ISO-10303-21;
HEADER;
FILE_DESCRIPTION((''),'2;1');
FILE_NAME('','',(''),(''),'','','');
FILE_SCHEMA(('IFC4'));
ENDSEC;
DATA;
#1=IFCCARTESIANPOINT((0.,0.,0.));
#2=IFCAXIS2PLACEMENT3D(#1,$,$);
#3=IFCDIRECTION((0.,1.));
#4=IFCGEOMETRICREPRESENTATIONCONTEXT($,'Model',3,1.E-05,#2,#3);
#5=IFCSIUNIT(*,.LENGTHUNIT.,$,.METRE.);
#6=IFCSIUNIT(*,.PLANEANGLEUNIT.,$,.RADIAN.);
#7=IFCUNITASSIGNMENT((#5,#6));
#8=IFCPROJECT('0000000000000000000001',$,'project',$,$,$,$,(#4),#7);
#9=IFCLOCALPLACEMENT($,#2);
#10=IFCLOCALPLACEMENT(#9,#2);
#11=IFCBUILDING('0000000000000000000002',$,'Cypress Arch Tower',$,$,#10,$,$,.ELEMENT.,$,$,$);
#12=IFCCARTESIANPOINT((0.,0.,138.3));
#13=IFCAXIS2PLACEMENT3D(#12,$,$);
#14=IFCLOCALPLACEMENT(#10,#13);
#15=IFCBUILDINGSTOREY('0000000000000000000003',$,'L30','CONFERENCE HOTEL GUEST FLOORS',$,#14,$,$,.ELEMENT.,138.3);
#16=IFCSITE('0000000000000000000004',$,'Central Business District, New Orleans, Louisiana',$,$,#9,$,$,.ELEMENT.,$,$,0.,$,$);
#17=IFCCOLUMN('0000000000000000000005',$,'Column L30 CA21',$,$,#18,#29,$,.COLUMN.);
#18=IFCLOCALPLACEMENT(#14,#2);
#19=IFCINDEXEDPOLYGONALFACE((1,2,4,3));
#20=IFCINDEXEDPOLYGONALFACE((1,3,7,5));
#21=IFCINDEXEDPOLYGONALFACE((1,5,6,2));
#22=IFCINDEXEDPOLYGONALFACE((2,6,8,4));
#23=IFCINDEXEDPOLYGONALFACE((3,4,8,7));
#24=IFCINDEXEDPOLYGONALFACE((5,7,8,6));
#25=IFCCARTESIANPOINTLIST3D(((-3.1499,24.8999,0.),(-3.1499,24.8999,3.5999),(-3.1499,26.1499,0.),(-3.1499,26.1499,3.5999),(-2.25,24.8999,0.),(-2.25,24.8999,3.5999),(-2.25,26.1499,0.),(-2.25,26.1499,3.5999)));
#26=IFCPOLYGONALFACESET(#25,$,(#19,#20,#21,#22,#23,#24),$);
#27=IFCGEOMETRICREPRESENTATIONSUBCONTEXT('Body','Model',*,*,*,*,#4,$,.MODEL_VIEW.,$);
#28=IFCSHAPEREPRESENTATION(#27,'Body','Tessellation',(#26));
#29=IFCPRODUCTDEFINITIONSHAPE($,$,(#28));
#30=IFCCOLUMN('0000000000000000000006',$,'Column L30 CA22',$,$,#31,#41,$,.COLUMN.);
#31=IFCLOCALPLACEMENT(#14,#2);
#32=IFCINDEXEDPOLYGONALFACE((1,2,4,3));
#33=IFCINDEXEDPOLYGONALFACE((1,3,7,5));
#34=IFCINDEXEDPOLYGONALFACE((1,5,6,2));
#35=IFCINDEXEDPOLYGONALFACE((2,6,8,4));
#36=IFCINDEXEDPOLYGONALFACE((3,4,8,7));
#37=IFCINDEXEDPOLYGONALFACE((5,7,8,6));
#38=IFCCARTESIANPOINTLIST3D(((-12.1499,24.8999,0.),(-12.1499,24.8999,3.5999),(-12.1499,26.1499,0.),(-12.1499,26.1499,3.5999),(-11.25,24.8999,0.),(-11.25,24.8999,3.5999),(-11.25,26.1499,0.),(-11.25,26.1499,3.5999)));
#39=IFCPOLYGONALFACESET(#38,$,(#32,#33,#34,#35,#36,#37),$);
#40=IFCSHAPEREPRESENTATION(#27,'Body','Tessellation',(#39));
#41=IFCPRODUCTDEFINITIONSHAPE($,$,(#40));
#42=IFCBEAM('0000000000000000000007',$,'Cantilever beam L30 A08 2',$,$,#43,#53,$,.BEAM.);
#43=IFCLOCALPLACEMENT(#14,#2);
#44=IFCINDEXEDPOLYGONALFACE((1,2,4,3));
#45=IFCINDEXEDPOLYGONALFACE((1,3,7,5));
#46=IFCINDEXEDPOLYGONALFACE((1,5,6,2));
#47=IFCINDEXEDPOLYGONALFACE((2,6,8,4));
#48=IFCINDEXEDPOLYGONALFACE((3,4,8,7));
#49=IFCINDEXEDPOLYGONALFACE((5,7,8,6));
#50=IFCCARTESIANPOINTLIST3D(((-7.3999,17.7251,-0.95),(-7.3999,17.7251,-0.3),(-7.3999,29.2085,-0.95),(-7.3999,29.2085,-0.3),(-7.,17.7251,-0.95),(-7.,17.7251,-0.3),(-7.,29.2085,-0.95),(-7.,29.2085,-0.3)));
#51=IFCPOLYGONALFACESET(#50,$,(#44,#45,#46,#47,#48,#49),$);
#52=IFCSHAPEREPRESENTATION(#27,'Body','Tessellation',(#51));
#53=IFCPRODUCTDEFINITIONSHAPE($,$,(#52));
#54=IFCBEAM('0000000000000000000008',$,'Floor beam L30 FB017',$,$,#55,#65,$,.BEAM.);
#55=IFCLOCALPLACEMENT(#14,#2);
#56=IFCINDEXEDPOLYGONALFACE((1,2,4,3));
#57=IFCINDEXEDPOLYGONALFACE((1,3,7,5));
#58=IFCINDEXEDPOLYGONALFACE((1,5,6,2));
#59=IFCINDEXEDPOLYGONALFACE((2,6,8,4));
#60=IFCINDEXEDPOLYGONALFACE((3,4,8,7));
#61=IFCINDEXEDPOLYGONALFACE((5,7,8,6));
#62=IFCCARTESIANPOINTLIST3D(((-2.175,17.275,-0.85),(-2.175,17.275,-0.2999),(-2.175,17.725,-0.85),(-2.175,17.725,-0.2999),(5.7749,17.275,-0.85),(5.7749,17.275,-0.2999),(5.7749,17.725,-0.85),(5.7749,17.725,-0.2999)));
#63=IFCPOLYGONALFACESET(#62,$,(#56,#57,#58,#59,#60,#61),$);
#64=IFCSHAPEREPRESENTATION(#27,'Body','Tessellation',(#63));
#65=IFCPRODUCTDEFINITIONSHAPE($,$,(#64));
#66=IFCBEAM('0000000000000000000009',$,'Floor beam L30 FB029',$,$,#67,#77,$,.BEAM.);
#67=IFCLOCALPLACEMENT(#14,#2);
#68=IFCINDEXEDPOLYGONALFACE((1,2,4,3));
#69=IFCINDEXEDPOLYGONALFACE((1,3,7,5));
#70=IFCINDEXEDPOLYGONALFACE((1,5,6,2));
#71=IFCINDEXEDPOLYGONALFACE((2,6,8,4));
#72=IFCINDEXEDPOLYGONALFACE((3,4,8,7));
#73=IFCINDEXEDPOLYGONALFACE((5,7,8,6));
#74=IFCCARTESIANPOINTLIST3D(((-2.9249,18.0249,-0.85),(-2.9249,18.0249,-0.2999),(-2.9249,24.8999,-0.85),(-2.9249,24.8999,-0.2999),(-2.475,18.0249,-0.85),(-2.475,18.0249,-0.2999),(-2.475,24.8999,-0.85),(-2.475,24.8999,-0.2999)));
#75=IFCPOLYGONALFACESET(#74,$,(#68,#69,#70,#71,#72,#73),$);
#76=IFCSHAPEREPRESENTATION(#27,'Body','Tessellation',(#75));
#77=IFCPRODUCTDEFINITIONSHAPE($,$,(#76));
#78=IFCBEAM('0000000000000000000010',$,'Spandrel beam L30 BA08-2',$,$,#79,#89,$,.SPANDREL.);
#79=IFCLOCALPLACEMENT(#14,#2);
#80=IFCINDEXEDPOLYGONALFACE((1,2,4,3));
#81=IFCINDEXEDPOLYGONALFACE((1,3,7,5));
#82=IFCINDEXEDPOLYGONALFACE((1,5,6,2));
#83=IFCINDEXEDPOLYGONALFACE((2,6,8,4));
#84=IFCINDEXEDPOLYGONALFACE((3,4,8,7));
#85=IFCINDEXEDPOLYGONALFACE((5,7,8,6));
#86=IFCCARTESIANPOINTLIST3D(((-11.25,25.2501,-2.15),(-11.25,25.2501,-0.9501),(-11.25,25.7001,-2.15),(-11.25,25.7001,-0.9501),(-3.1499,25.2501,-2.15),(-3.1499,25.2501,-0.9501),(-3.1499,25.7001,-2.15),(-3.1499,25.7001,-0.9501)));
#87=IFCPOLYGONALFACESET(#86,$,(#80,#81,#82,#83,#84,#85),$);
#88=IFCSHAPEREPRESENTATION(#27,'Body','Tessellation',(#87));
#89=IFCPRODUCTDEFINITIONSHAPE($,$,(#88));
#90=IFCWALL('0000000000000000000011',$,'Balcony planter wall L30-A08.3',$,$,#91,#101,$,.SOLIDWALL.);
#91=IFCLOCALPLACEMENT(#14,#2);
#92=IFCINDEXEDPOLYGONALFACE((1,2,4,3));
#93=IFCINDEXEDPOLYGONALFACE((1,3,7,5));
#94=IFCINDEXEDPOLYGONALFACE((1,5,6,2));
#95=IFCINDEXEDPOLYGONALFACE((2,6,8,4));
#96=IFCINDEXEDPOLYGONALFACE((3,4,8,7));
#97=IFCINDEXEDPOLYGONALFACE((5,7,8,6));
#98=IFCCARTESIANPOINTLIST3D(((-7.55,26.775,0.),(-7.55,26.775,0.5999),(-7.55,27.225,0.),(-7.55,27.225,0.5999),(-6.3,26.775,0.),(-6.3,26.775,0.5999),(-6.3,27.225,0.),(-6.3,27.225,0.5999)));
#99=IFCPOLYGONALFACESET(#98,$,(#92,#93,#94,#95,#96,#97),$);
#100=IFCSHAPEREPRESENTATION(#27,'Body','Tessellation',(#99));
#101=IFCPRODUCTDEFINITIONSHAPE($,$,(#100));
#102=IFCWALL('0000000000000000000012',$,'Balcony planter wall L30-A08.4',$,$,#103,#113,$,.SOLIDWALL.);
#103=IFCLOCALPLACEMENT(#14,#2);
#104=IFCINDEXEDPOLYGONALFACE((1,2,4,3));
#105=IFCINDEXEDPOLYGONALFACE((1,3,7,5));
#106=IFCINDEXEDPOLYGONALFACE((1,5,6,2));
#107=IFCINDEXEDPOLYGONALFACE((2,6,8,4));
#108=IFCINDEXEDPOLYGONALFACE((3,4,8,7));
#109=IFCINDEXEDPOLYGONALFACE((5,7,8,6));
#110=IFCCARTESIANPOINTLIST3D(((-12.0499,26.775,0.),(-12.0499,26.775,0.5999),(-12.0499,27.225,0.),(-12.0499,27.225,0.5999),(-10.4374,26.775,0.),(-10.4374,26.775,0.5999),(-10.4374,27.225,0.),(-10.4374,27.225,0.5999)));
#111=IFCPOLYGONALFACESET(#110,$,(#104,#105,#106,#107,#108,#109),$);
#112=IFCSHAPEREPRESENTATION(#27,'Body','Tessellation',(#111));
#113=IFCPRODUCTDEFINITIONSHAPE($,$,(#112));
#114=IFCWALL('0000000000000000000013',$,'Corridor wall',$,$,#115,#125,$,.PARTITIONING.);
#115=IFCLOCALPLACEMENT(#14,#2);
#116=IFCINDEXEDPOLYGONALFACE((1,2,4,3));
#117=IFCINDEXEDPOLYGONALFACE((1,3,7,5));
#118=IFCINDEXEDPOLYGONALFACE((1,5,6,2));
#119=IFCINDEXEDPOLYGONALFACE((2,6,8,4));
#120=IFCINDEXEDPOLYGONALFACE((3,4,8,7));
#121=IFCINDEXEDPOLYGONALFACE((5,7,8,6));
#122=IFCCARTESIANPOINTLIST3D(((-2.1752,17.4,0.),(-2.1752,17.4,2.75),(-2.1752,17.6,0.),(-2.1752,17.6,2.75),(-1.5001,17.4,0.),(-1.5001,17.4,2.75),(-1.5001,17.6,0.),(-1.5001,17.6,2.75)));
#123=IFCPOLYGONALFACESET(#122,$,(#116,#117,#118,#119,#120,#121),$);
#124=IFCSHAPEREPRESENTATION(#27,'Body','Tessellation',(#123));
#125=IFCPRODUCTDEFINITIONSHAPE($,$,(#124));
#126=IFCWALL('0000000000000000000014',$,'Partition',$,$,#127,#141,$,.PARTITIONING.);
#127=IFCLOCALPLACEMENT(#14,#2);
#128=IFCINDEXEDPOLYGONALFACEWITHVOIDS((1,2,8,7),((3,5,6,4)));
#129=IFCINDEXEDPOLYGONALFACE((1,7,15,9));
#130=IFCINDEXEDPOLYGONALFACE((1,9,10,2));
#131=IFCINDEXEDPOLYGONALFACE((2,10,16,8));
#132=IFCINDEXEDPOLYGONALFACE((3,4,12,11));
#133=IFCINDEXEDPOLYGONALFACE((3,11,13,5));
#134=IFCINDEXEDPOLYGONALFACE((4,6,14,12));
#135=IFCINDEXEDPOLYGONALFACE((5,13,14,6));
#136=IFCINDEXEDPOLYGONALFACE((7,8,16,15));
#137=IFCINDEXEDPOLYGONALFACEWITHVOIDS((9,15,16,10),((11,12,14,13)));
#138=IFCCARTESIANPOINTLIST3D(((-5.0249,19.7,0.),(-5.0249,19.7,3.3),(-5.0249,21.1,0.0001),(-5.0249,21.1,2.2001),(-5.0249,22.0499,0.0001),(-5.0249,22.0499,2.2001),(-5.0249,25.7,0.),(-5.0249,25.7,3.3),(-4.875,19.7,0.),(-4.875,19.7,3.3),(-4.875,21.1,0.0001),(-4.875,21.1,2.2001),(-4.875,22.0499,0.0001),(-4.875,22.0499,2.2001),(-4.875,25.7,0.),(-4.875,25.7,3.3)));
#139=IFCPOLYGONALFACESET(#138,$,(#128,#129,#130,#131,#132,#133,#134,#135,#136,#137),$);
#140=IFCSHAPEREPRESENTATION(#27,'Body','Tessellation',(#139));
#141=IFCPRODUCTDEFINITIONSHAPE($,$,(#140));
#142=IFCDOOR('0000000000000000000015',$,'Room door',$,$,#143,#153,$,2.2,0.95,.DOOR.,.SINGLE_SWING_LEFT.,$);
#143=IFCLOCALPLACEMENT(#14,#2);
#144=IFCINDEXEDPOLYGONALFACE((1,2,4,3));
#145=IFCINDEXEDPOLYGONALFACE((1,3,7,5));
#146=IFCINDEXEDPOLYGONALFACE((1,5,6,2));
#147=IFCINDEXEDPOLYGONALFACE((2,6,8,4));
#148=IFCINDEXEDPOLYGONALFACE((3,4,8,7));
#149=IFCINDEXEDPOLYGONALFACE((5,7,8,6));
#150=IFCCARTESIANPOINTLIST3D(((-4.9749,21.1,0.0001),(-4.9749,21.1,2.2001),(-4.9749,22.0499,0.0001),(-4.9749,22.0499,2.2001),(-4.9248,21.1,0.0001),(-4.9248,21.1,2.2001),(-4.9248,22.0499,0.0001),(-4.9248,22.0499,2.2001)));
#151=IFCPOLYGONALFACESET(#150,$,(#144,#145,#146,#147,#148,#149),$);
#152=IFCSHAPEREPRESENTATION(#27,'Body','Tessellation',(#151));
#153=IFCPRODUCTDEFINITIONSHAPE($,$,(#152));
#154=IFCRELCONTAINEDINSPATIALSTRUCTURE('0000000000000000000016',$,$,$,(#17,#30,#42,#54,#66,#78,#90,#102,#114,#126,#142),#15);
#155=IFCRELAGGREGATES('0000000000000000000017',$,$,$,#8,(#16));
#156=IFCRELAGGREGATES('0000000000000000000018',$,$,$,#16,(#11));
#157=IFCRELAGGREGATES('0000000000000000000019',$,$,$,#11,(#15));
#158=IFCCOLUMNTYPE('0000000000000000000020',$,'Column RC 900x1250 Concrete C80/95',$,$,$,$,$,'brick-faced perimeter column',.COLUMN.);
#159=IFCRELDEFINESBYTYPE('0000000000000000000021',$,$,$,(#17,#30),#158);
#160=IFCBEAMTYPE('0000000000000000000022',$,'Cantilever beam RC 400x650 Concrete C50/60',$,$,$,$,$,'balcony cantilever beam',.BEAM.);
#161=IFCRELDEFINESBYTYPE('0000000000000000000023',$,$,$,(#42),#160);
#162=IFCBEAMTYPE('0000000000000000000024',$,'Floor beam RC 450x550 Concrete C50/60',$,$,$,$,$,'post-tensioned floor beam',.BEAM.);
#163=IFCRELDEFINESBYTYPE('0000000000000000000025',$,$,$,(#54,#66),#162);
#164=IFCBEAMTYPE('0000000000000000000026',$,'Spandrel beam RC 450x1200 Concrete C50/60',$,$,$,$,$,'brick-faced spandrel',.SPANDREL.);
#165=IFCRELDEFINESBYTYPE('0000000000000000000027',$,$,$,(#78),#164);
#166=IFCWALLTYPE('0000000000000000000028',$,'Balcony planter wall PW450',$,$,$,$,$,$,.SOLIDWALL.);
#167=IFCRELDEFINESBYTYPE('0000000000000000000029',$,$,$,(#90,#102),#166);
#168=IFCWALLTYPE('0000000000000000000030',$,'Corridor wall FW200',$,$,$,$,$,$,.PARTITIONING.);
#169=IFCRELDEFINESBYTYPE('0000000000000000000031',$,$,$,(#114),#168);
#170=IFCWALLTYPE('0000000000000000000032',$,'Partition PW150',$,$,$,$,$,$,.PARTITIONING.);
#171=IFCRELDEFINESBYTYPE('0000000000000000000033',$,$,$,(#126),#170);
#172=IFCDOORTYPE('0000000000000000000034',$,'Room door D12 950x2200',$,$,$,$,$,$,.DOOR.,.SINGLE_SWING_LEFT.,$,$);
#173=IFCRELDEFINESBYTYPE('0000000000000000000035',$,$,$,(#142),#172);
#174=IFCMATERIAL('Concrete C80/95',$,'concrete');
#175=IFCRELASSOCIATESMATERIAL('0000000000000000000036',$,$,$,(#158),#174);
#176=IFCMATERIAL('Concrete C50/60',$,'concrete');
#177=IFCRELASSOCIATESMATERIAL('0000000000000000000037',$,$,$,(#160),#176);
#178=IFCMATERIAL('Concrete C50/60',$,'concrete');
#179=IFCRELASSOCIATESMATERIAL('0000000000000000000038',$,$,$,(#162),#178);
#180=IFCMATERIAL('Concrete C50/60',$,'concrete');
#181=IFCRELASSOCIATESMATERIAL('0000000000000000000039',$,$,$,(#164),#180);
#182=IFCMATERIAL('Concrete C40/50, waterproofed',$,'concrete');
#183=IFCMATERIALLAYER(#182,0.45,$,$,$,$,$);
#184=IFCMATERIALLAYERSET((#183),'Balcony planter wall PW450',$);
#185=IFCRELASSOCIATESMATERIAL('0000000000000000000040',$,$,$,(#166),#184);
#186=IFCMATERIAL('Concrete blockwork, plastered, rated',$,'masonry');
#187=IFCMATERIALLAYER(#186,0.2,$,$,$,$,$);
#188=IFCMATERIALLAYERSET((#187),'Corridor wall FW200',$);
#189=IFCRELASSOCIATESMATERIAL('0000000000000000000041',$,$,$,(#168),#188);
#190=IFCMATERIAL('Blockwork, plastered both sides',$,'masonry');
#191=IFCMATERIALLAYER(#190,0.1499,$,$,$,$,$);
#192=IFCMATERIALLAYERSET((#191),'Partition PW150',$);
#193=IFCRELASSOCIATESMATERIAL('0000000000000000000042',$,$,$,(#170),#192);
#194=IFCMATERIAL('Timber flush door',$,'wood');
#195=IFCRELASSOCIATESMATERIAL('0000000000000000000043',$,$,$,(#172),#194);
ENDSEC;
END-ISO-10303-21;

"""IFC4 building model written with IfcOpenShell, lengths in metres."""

from ifc_helpers import new_model, si_unit, direction, frame, frame_2d, origin, origin_2d, place, context, subcontext, project, spatial, rectangle, extrude, material, layer, layer_set, material_profile, profile_set, type_object, element, fill, save


model = new_model("IFC4")

# Units and contexts
model_context = context("Model", 3, precision=1e-05, world=origin(), true_north=direction((0.0, 1.0)))
body_context = subcontext(model_context, "Body", "Model", "MODEL_VIEW")
ifc_project = project(units=[si_unit("LENGTHUNIT", "METRE"), si_unit("PLANEANGLEUNIT", "RADIAN")], contexts=[model_context])

# Site, building, storey
site_placement = place(None, origin())
site = spatial("IfcSite", under=ifc_project, at=site_placement, Name="Central Business District, New Orleans, Louisiana", CompositionType="ELEMENT", RefElevation=0.0)
building_placement = place(site_placement, origin())
building = spatial("IfcBuilding", under=site, at=building_placement, Name="Cypress Arch Tower", CompositionType="ELEMENT")
storey_placement = place(building_placement, frame((0.0, 0.0, 138.3)))
storey = spatial("IfcBuildingStorey", under=building, at=storey_placement, Name="L30", Description="CONFERENCE HOTEL GUEST FLOORS", CompositionType="ELEMENT", Elevation=138.3)

# Columns
ifc_material_1 = material(Name="Concrete C80/95", Category="concrete")
ifc_material_profile_1 = material_profile(ifc_material_1, rectangle(XDim=0.8999, YDim=1.25, at=origin_2d()), Name="RC 900x1250")
ifc_profile_set_1 = profile_set([ifc_material_profile_1], Name="Concrete C80/95")
column_type = type_object("IfcColumnType", Name="Column RC 900x1250 Concrete C80/95", ElementType="brick-faced perimeter column", PredefinedType="COLUMN", material=ifc_profile_set_1)
for number, where, z_axis, x_axis, name in (
    (1, (-2.7, 25.5249, 0.0), (0.0, 0.0, 1.0), (-1.0, 0.0, 0.0), "Column L30 CA21"),
    (2, (-11.7, 25.5249, 0.0), (0.0, 0.0, 1.0), (-1.0, 0.0, 0.0), "Column L30 CA22"),
):
    element("IfcColumn", number, at=place(storey_placement, frame(where, z_axis=z_axis, x_axis=x_axis)), inside=storey, type_object=column_type, Name=name, PredefinedType="COLUMN", context=body_context, shape_type="SweptSolid", body=[
        extrude(rectangle(XDim=0.8999, YDim=1.25, at=origin_2d()), origin(), (0.0, 0.0, 1.0), 3.5999),
    ])

# Beams
ifc_material_2 = material(Name="Concrete C50/60", Category="concrete")
ifc_material_profile_2 = material_profile(ifc_material_2, rectangle(XDim=0.3999, YDim=0.6499, at=origin_2d()), Name="RC 400x650")
ifc_profile_set_2 = profile_set([ifc_material_profile_2], Name="Concrete C50/60")
beam_type_1 = type_object("IfcBeamType", Name="Cantilever beam RC 400x650 Concrete C50/60", ElementType="balcony cantilever beam", PredefinedType="BEAM", material=ifc_profile_set_2)
beam_1_placement = place(storey_placement, frame((-7.2, 17.7251, -0.625), z_axis=(0.0, 1.0, 0.0), x_axis=(-1.0, 0.0, 0.0)))
element("IfcBeam", 3, at=beam_1_placement, inside=storey, type_object=beam_type_1, Name="Cantilever beam L30 A08 2", PredefinedType="BEAM", context=body_context, shape_type="SweptSolid", body=[
    extrude(rectangle(XDim=0.3999, YDim=0.6499, at=origin_2d()), origin(), (0.0, 0.0, 1.0), 11.4834),
])
ifc_material_3 = material(Name="Concrete C50/60", Category="concrete")
ifc_material_profile_3 = material_profile(ifc_material_3, rectangle(XDim=0.45, YDim=0.55, at=origin_2d()), Name="RC 450x550")
ifc_profile_set_3 = profile_set([ifc_material_profile_3], Name="Concrete C50/60")
beam_type_2 = type_object("IfcBeamType", Name="Floor beam RC 450x550 Concrete C50/60", ElementType="post-tensioned floor beam", PredefinedType="BEAM", material=ifc_profile_set_3)
beam_2_placement = place(storey_placement, frame((-2.175, 17.5, -0.575), z_axis=(1.0, 0.0, 0.0), x_axis=(0.0, 1.0, 0.0)))
element("IfcBeam", 4, at=beam_2_placement, inside=storey, type_object=beam_type_2, Name="Floor beam L30 FB017", PredefinedType="BEAM", context=body_context, shape_type="SweptSolid", body=[
    extrude(rectangle(XDim=0.45, YDim=0.55, at=origin_2d()), origin(), (0.0, 0.0, 1.0), 7.95),
])
beam_3_placement = place(storey_placement, frame((-2.7, 18.0249, -0.575), z_axis=(0.0, 1.0, 0.0), x_axis=(-1.0, 0.0, 0.0)))
element("IfcBeam", 5, at=beam_3_placement, inside=storey, type_object=beam_type_2, Name="Floor beam L30 FB029", PredefinedType="BEAM", context=body_context, shape_type="SweptSolid", body=[
    extrude(rectangle(XDim=0.45, YDim=0.55, at=origin_2d()), origin(), (0.0, 0.0, 1.0), 6.875),
])
ifc_material_4 = material(Name="Concrete C50/60", Category="concrete")
ifc_material_profile_4 = material_profile(ifc_material_4, rectangle(XDim=0.45, YDim=1.2, at=origin_2d()), Name="RC 450x1200")
ifc_profile_set_4 = profile_set([ifc_material_profile_4], Name="Concrete C50/60")
beam_type_3 = type_object("IfcBeamType", Name="Spandrel beam RC 450x1200 Concrete C50/60", ElementType="brick-faced spandrel", PredefinedType="SPANDREL", material=ifc_profile_set_4)
beam_4_placement = place(storey_placement, frame((-3.1499, 25.4751, -1.55), z_axis=(-1.0, 0.0, 0.0), x_axis=(0.0, -1.0, 0.0)))
element("IfcBeam", 6, at=beam_4_placement, inside=storey, type_object=beam_type_3, Name="Spandrel beam L30 BA08-2", PredefinedType="SPANDREL", context=body_context, shape_type="SweptSolid", body=[
    extrude(rectangle(XDim=0.45, YDim=1.2, at=origin_2d()), origin(), (0.0, 0.0, 1.0), 8.1001),
])

# Walls
ifc_material_5 = material(Name="Concrete C40/50, waterproofed", Category="concrete")
ifc_layer_1 = layer(ifc_material_5, 0.45)
ifc_layer_set_1 = layer_set([ifc_layer_1], Name="Balcony planter wall PW450")
wall_type_1 = type_object("IfcWallType", Name="Balcony planter wall PW450", PredefinedType="SOLIDWALL", material=ifc_layer_set_1)
wall_1_placement = place(storey_placement, frame((-6.3, 27.0, 0.0), z_axis=(0.0, 0.0, 1.0), x_axis=(-1.0, 0.0, 0.0)))
element("IfcWall", 7, at=wall_1_placement, inside=storey, type_object=wall_type_1, Name="Balcony planter wall L30-A08.3", PredefinedType="SOLIDWALL", context=body_context, shape_type="SweptSolid", body=[
    extrude(rectangle(XDim=1.25, YDim=0.45, at=frame_2d((0.625, 0.0))), origin(), (0.0, 0.0, 1.0), 0.5999),
])
wall_2_placement = place(storey_placement, frame((-10.4375, 27.0, 0.0), z_axis=(0.0, 0.0, 1.0), x_axis=(-1.0, 0.0, 0.0)))
element("IfcWall", 8, at=wall_2_placement, inside=storey, type_object=wall_type_1, Name="Balcony planter wall L30-A08.4", PredefinedType="SOLIDWALL", context=body_context, shape_type="SweptSolid", body=[
    extrude(rectangle(XDim=1.6125, YDim=0.45, at=frame_2d((0.8062, 0.0))), origin(), (0.0, 0.0, 1.0), 0.5999),
])

# Wall
ifc_material_6 = material(Name="Concrete blockwork, plastered, rated", Category="masonry")
ifc_layer_2 = layer(ifc_material_6, 0.2)
ifc_layer_set_2 = layer_set([ifc_layer_2], Name="Corridor wall FW200")
wall_type_2 = type_object("IfcWallType", Name="Corridor wall FW200", PredefinedType="PARTITIONING", material=ifc_layer_set_2)
wall_3_placement = place(storey_placement, frame((-2.175, 17.5, 0.0), z_axis=(0.0, 0.0, 1.0), x_axis=(1.0, 0.0, 0.0)))
element("IfcWall", 9, at=wall_3_placement, inside=storey, type_object=wall_type_2, Name="Corridor wall", PredefinedType="PARTITIONING", context=body_context, shape_type="SweptSolid", body=[
    extrude(rectangle(XDim=0.675, YDim=0.2, at=frame_2d((0.3374, 0.0))), origin(), (0.0, 0.0, 1.0), 2.75),
])

# Wall, opening, door
ifc_material_7 = material(Name="Blockwork, plastered both sides", Category="masonry")
ifc_layer_3 = layer(ifc_material_7, 0.1499)
ifc_layer_set_3 = layer_set([ifc_layer_3], Name="Partition PW150")
wall_type_3 = type_object("IfcWallType", Name="Partition PW150", PredefinedType="PARTITIONING", material=ifc_layer_set_3)
wall_4_placement = place(storey_placement, frame((-4.95, 19.7, 0.0), z_axis=(0.0, 0.0, 1.0), x_axis=(0.0, 1.0, 0.0)))
wall_4 = element("IfcWall", 10, at=wall_4_placement, inside=storey, type_object=wall_type_3, Name="Partition", PredefinedType="PARTITIONING", context=body_context, shape_type="SweptSolid", body=[
    extrude(rectangle(XDim=6.0, YDim=0.1499, at=frame_2d((3.0, 0.0))), origin(), (0.0, 0.0, 1.0), 3.3),
])
opening_1_placement = place(wall_4_placement, frame((1.3999, 0.0, 0.0)))
opening_1 = element("IfcOpeningElement", 11, at=opening_1_placement, cuts=wall_4, PredefinedType="OPENING", context=body_context, shape_type="SweptSolid", body=[
    extrude(rectangle(XDim=0.95, YDim=2.2, at=frame_2d((0.4751, 1.1001))), frame((0.0, 0.085, 0.0), z_axis=(0.0, -1.0, 0.0), x_axis=(1.0, 0.0, 0.0)), (0.0, 0.0, 1.0), 0.1699),
])
ifc_material_8 = material(Name="Timber flush door", Category="wood")
door_type_1 = type_object("IfcDoorType", Name="Room door D12 950x2200", OperationType="SINGLE_SWING_LEFT", PredefinedType="DOOR", material=ifc_material_8)
door_1_placement = place(opening_1_placement, origin())
door_1 = element("IfcDoor", 12, at=door_1_placement, inside=storey, type_object=door_type_1, Name="Room door", OperationType="SINGLE_SWING_LEFT", OverallHeight=2.2, OverallWidth=0.95, PredefinedType="DOOR", context=body_context, shape_type="SweptSolid", body=[
    extrude(rectangle(XDim=0.95, YDim=2.2, at=frame_2d((0.4751, 1.1001))), frame((0.0, 0.0249, 0.0), z_axis=(0.0, -1.0, 0.0), x_axis=(1.0, 0.0, 0.0)), (0.0, 0.0, 1.0), 0.05),
])
fill(opening_1, door_1)

save(model, "model.ifc")
